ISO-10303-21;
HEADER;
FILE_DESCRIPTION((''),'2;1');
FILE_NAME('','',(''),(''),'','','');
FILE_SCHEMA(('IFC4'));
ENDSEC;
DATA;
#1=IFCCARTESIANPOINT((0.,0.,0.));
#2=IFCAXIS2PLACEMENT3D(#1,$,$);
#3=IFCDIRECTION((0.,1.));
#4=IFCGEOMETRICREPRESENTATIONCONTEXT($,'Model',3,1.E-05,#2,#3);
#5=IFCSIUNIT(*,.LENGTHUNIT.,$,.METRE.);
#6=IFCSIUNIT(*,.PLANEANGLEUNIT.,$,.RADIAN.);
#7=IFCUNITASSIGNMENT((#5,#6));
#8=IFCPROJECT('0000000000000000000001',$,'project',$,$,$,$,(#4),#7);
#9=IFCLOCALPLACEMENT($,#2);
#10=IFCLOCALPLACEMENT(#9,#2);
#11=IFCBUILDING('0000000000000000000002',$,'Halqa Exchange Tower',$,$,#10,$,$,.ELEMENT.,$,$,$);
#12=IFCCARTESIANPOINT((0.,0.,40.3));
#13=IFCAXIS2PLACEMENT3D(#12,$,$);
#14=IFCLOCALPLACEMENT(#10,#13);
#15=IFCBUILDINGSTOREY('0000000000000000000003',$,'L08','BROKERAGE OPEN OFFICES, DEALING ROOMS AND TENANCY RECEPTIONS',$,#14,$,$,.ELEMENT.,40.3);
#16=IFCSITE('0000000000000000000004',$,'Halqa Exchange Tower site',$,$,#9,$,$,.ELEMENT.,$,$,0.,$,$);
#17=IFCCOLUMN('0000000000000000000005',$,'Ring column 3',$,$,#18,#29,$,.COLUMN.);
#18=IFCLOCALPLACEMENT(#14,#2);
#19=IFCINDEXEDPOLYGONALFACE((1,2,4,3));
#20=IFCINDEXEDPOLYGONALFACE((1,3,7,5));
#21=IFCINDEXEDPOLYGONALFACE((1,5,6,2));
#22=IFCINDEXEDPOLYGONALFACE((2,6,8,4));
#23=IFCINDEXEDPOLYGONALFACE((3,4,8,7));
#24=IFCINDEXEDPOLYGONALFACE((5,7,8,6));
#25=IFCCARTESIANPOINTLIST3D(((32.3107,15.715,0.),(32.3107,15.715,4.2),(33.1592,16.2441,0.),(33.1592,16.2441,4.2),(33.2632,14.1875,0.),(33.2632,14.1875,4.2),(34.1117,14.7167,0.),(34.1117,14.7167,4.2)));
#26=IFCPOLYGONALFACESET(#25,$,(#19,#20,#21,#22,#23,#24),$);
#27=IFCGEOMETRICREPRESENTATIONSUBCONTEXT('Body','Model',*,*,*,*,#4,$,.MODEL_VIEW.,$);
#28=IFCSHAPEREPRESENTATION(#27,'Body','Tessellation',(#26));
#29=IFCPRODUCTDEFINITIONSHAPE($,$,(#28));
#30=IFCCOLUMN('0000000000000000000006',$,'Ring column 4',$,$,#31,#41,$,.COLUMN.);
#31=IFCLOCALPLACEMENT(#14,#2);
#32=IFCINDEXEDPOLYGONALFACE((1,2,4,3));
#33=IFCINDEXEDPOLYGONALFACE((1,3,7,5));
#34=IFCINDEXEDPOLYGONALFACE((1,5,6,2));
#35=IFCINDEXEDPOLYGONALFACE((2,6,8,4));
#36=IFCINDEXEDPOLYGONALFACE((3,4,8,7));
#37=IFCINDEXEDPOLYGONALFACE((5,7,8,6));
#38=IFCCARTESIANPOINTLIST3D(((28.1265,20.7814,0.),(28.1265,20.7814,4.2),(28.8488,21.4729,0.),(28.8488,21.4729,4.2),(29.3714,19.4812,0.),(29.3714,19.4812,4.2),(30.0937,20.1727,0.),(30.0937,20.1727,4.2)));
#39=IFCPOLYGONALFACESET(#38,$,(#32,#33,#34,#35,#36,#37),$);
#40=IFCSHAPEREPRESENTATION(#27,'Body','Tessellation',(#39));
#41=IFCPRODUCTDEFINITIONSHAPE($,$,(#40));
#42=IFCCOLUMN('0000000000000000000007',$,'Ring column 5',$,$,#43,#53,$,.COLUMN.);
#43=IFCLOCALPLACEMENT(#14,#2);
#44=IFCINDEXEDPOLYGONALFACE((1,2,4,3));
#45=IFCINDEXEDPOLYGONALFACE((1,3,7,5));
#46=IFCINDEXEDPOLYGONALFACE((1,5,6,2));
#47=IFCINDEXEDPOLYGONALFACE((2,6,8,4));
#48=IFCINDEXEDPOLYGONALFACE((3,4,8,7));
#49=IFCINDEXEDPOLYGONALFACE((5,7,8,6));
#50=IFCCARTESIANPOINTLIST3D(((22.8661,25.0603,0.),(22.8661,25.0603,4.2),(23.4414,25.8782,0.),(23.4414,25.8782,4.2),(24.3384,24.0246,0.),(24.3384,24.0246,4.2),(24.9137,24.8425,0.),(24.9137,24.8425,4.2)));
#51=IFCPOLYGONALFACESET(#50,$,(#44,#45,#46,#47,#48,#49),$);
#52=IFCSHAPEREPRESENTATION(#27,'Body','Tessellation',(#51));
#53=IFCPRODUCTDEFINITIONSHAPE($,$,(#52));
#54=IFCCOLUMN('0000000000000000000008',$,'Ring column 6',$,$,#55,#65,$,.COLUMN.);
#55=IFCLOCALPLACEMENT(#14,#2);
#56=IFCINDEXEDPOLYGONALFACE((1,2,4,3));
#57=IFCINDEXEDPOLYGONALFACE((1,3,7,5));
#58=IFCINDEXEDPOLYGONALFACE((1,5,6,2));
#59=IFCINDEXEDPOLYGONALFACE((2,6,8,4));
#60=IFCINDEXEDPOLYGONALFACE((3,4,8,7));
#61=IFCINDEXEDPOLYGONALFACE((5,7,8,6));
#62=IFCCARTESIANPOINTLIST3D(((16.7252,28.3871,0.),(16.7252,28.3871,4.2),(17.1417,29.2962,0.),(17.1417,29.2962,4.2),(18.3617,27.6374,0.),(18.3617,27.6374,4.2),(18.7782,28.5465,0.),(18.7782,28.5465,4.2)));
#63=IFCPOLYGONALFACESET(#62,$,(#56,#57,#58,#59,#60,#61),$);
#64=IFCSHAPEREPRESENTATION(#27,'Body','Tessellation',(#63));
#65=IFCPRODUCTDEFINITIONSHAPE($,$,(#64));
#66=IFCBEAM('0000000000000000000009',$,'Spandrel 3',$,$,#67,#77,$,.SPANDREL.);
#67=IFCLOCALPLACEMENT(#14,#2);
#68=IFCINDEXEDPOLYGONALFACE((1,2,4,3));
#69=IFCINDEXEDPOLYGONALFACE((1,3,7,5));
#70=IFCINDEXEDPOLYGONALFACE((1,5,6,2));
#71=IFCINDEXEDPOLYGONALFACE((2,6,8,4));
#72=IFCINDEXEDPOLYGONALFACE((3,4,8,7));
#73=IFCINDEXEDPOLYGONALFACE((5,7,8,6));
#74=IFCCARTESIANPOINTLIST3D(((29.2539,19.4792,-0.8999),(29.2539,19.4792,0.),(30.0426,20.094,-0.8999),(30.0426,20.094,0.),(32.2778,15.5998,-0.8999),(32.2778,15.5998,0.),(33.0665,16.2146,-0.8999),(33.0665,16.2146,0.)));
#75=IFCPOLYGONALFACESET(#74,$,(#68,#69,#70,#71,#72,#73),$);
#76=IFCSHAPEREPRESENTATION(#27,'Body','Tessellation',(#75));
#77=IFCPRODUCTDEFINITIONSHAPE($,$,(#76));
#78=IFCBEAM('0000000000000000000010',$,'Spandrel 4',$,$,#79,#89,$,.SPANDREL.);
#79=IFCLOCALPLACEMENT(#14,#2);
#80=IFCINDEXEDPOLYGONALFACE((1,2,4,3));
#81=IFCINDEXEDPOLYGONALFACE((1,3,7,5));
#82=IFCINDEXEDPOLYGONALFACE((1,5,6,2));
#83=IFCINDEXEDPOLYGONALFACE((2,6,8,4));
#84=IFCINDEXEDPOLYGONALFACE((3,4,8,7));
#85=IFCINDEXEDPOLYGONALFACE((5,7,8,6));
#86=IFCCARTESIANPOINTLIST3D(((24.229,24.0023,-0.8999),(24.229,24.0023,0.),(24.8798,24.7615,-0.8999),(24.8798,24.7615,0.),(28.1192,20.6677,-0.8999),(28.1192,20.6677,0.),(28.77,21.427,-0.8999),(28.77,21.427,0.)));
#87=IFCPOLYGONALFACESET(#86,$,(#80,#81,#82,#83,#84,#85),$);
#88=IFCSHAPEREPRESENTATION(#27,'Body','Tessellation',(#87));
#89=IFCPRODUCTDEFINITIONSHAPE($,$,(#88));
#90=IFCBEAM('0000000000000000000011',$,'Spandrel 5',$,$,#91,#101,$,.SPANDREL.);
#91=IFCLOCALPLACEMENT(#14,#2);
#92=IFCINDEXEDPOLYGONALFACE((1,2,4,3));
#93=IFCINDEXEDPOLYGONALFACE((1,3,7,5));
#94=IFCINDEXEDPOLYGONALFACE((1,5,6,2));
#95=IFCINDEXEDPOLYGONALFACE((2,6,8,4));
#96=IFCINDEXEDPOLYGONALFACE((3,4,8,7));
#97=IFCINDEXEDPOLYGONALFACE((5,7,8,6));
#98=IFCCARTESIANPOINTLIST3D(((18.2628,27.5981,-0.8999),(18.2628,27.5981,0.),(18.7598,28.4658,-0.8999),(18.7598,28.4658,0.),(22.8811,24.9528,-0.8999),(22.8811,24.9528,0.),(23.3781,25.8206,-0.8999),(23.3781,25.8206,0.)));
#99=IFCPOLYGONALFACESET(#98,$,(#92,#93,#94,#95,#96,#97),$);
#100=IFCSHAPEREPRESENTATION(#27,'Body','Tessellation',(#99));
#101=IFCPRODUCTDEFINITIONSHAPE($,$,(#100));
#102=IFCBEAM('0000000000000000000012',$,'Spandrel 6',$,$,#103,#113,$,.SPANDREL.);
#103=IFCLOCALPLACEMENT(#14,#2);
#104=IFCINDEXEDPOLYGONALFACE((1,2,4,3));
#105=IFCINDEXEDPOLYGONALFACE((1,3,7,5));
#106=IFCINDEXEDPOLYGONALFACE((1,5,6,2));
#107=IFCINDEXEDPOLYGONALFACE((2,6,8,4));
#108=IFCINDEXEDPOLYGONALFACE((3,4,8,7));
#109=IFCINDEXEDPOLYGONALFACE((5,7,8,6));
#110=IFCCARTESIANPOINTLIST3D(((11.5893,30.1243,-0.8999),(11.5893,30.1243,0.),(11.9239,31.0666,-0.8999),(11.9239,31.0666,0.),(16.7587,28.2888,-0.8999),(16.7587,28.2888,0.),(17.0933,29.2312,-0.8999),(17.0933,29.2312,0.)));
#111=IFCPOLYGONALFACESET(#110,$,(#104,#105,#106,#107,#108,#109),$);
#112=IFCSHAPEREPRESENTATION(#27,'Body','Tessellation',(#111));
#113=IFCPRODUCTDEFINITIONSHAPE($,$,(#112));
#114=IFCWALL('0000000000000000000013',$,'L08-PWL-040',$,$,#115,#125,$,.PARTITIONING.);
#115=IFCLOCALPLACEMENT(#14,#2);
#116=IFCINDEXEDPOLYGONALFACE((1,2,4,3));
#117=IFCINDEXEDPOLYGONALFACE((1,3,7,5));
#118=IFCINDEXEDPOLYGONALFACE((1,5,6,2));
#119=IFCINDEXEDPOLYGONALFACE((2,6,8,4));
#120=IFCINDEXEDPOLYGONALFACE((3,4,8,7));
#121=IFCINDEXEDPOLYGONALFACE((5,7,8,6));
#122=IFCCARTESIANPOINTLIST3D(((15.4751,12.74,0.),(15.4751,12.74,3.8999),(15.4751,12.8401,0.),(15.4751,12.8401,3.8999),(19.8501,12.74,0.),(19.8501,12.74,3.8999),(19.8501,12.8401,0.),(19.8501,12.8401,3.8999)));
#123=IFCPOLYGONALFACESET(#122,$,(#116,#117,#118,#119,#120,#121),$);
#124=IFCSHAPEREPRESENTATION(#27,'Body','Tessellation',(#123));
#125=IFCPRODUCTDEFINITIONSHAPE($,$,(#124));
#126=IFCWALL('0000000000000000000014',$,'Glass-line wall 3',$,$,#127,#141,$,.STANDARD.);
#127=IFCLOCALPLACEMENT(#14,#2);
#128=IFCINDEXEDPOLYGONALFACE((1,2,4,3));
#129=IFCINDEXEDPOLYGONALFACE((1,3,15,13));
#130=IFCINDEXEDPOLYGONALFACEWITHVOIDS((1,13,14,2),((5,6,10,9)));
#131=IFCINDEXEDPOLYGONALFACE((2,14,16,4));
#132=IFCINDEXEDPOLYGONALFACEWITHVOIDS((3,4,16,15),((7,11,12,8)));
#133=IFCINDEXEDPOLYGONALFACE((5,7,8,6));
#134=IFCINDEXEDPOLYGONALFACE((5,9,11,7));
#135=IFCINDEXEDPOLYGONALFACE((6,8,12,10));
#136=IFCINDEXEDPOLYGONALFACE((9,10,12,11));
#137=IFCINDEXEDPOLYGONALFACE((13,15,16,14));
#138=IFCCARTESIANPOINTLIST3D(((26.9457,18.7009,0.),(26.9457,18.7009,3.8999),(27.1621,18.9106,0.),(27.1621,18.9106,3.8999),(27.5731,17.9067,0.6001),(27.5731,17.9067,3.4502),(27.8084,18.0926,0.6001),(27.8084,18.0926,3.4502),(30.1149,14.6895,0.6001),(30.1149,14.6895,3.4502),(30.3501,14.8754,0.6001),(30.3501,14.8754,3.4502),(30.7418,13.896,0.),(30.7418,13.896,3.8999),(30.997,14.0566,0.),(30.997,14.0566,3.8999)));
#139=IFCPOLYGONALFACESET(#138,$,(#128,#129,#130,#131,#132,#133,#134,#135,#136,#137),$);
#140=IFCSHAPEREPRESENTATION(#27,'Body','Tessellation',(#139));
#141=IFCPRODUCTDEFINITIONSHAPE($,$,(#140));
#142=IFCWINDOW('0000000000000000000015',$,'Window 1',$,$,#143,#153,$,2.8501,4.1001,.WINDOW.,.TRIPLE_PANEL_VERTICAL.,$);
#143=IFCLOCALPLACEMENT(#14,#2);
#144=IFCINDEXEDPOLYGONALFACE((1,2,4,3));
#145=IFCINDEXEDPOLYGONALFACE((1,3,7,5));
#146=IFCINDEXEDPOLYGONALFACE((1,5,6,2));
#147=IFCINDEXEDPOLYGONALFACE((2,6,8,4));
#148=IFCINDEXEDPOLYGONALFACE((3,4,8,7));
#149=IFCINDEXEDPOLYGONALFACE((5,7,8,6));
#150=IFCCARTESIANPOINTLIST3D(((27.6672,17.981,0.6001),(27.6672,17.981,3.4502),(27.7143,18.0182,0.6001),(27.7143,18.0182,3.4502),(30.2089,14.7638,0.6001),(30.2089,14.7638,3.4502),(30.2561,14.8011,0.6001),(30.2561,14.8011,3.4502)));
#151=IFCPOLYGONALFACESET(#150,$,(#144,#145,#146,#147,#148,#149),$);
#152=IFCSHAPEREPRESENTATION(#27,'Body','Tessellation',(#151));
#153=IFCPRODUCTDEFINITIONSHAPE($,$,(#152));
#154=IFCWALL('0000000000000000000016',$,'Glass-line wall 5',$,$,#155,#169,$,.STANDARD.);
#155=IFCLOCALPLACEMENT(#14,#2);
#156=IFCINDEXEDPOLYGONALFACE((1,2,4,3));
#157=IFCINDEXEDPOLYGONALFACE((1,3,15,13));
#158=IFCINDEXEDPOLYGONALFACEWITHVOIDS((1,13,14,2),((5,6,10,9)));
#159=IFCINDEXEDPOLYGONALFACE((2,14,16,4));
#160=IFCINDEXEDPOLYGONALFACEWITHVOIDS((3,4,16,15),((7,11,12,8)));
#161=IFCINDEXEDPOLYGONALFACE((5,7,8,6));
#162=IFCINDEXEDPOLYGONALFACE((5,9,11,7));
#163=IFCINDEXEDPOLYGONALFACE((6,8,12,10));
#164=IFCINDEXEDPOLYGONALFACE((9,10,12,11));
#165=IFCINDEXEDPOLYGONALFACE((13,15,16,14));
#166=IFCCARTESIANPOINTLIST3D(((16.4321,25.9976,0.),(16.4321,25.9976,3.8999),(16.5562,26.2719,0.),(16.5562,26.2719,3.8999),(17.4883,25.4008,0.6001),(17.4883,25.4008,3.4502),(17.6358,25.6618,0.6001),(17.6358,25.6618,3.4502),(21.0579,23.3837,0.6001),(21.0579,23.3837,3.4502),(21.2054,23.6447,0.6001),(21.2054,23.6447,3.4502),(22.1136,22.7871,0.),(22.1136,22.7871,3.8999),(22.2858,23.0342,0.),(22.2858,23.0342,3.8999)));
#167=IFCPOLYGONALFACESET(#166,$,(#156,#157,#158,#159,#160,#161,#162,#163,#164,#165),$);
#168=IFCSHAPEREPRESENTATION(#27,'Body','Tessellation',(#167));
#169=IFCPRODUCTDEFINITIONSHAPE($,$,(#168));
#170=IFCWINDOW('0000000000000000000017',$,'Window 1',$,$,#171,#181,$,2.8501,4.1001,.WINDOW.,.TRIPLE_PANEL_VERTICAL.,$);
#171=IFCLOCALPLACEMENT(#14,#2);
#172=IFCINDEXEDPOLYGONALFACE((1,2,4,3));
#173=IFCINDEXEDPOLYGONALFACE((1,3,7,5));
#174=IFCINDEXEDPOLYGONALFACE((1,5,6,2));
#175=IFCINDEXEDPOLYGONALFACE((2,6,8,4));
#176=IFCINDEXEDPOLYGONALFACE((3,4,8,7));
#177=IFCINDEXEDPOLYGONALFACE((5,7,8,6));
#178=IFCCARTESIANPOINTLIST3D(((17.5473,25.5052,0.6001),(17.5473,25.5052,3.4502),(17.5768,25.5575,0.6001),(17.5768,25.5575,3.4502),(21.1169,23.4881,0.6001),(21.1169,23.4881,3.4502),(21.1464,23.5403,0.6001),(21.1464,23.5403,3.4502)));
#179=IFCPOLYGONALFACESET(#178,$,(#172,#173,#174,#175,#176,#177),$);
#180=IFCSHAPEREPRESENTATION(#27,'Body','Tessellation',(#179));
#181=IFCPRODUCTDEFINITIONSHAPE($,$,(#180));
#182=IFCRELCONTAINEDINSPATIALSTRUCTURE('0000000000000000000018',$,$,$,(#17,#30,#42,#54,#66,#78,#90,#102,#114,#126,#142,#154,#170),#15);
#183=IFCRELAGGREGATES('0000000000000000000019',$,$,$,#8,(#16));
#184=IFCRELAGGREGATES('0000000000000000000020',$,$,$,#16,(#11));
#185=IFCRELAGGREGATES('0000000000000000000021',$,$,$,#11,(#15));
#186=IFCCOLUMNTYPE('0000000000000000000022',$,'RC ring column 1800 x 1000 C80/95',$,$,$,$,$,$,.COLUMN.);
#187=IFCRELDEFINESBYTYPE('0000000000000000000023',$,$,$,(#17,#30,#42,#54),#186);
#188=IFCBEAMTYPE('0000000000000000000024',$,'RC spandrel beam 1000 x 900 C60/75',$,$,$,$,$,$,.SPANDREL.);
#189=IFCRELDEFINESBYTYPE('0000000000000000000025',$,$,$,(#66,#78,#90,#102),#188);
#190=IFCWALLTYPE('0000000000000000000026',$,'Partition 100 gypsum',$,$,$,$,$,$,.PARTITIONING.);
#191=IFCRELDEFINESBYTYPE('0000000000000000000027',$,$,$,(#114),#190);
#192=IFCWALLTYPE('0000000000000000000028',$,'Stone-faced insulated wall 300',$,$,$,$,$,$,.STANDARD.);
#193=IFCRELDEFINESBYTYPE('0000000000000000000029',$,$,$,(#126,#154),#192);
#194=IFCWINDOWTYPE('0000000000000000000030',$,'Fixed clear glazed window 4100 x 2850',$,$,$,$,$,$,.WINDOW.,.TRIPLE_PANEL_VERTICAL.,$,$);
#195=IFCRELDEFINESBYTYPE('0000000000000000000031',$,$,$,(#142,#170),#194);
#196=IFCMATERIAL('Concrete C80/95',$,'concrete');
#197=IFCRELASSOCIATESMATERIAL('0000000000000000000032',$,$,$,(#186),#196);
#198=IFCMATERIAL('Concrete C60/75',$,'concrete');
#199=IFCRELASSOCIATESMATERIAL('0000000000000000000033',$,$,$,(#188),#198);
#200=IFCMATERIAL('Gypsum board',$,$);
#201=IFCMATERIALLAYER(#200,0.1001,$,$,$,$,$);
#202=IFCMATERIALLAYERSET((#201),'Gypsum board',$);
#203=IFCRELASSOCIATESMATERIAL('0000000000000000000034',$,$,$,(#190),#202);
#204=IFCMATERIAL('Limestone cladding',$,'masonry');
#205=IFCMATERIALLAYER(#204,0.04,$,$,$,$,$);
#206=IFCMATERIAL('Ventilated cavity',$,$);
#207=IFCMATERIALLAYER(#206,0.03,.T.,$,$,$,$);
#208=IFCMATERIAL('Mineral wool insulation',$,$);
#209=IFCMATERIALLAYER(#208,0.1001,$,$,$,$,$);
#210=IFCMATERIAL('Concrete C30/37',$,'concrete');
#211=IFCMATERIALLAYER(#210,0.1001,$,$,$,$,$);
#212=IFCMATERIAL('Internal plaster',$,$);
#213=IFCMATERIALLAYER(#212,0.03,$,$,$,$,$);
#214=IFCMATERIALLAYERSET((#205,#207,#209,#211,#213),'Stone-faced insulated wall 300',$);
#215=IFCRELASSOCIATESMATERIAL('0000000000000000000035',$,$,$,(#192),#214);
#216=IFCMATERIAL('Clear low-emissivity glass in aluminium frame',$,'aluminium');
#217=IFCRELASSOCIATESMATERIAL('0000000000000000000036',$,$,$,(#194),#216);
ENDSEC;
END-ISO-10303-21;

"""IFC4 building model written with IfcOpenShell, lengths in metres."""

from ifc_helpers import new_model, si_unit, direction, frame, frame_2d, origin, origin_2d, place, context, subcontext, project, spatial, polyline, rectangle, outline, extrude, material, layer, layer_set, material_profile, profile_set, type_object, element, fill, save


model = new_model("IFC4")

# Units and contexts
model_context = context("Model", 3, precision=1e-05, world=origin(), true_north=direction((0.0, 1.0)))
body_context = subcontext(model_context, "Body", "Model", "MODEL_VIEW")
ifc_project = project(units=[si_unit("LENGTHUNIT", "METRE"), si_unit("PLANEANGLEUNIT", "RADIAN")], contexts=[model_context])

# Site, building, storey
site_placement = place(None, origin())
site = spatial("IfcSite", under=ifc_project, at=site_placement, Name="Halqa Exchange Tower site", CompositionType="ELEMENT", RefElevation=0.0)
building_placement = place(site_placement, origin())
building = spatial("IfcBuilding", under=site, at=building_placement, Name="Halqa Exchange Tower", CompositionType="ELEMENT")
storey_placement = place(building_placement, frame((0.0, 0.0, 40.3)))
storey = spatial("IfcBuildingStorey", under=building, at=storey_placement, Name="L08", Description="BROKERAGE OPEN OFFICES, DEALING ROOMS AND TENANCY RECEPTIONS", CompositionType="ELEMENT", Elevation=40.3)

# Columns
ifc_material_1 = material(Name="Concrete C80/95", Category="concrete")
ifc_material_profile_1 = material_profile(ifc_material_1, rectangle(XDim=1.8, YDim=1.0, at=origin_2d()), Name="1800 x 1000")
ifc_profile_set_1 = profile_set([ifc_material_profile_1], Name="Concrete C80/95")
column_type = type_object("IfcColumnType", Name="RC ring column 1800 x 1000 C80/95", PredefinedType="COLUMN", material=ifc_profile_set_1)
for number, where, z_axis, x_axis, name in (
    (1, (33.2112, 15.2158, 0.0), (0.0, 0.0, 1.0), (-0.529142, 0.848533, 0.0), "Ring column 3"),
    (2, (29.1101, 20.4771, 0.0), (0.0, 0.0, 1.0), (-0.691575, 0.722305, 0.0), "Ring column 4"),
    (3, (23.8899, 24.9514, 0.0), (0.0, 0.0, 1.0), (-0.817912, 0.575344, 0.0), "Ring column 5"),
    (4, (17.7517, 28.4668, 0.0), (0.0, 0.0, 1.0), (-0.909128, 0.416517, 0.0), "Ring column 6"),
):
    element("IfcColumn", number, at=place(storey_placement, frame(where, z_axis=z_axis, x_axis=x_axis)), inside=storey, type_object=column_type, Name=name, PredefinedType="COLUMN", context=body_context, shape_type="SweptSolid", body=[
        extrude(rectangle(XDim=1.8, YDim=1.0, at=origin_2d()), origin(), (0.0, 0.0, 1.0), 4.2),
    ])

# Beams
ifc_material_2 = material(Name="Concrete C60/75", Category="concrete")
ifc_material_profile_2 = material_profile(ifc_material_2, rectangle(XDim=1.0, YDim=0.8999, at=origin_2d()), Name="1000 x 900")
ifc_profile_set_2 = profile_set([ifc_material_profile_2], Name="Concrete C60/75")
beam_type = type_object("IfcBeamType", Name="RC spandrel beam 1000 x 900 C60/75", PredefinedType="SPANDREL", material=ifc_profile_set_2)
beam_1_placement = place(storey_placement, frame((32.6721, 15.9072, -0.45), z_axis=(-0.614779, 0.7887, 0.0), x_axis=(-0.7887, -0.614779, 0.0)))
element("IfcBeam", 5, at=beam_1_placement, inside=storey, type_object=beam_type, Name="Spandrel 3", PredefinedType="SPANDREL", context=body_context, shape_type="SweptSolid", body=[
    extrude(rectangle(XDim=1.0, YDim=0.8999, at=origin_2d()), origin(), (0.0, 0.0, 1.0), 4.9187),
])
beam_2_placement = place(storey_placement, frame((28.4446, 21.0474, -0.45), z_axis=(-0.75925, 0.650799, 0.0), x_axis=(-0.650799, -0.75925, 0.0)))
element("IfcBeam", 6, at=beam_2_placement, inside=storey, type_object=beam_type, Name="Spandrel 4", PredefinedType="SPANDREL", context=body_context, shape_type="SweptSolid", body=[
    extrude(rectangle(XDim=1.0, YDim=0.8999, at=origin_2d()), origin(), (0.0, 0.0, 1.0), 5.1238),
])
beam_3_placement = place(storey_placement, frame((23.1296, 25.3867, -0.45), z_axis=(-0.867743, 0.497013, 0.0), x_axis=(-0.497013, -0.867743, 0.0)))
element("IfcBeam", 7, at=beam_3_placement, inside=storey, type_object=beam_type, Name="Spandrel 5", PredefinedType="SPANDREL", context=body_context, shape_type="SweptSolid", body=[
    extrude(rectangle(XDim=1.0, YDim=0.8999, at=origin_2d()), origin(), (0.0, 0.0, 1.0), 5.3223),
])
beam_4_placement = place(storey_placement, frame((16.926, 28.76, -0.45), z_axis=(-0.942363, 0.334593, 0.0), x_axis=(-0.334593, -0.942363, 0.0)))
element("IfcBeam", 8, at=beam_4_placement, inside=storey, type_object=beam_type, Name="Spandrel 6", PredefinedType="SPANDREL", context=body_context, shape_type="SweptSolid", body=[
    extrude(rectangle(XDim=1.0, YDim=0.8999, at=origin_2d()), origin(), (0.0, 0.0, 1.0), 5.4856),
])

# Wall
ifc_material_3 = material(Name="Gypsum board")
ifc_layer_1 = layer(ifc_material_3, 0.1001)
ifc_layer_set_1 = layer_set([ifc_layer_1], Name="Gypsum board")
wall_type_1 = type_object("IfcWallType", Name="Partition 100 gypsum", PredefinedType="PARTITIONING", material=ifc_layer_set_1)
wall_1_placement = place(storey_placement, frame((19.8501, 12.79, 0.0), z_axis=(0.0, 0.0, 1.0), x_axis=(-1.0, 0.0, 0.0)))
element("IfcWall", 9, at=wall_1_placement, inside=storey, type_object=wall_type_1, Name="L08-PWL-040", PredefinedType="PARTITIONING", context=body_context, shape_type="SweptSolid", body=[
    extrude(rectangle(XDim=4.375, YDim=0.1001, at=frame_2d((2.1875, 0.0))), origin(), (0.0, 0.0, 1.0), 3.8999),
])

# Wall, opening, window
ifc_material_4 = material(Name="Limestone cladding", Category="masonry")
ifc_layer_2 = layer(ifc_material_4, 0.04)
ifc_material_5 = material(Name="Ventilated cavity")
ifc_layer_3 = layer(ifc_material_5, 0.03, ventilated=True)
ifc_material_6 = material(Name="Mineral wool insulation")
ifc_layer_4 = layer(ifc_material_6, 0.1001)
ifc_material_7 = material(Name="Concrete C30/37", Category="concrete")
ifc_layer_5 = layer(ifc_material_7, 0.1001)
ifc_material_8 = material(Name="Internal plaster")
ifc_layer_6 = layer(ifc_material_8, 0.03)
ifc_layer_set_2 = layer_set([ifc_layer_2, ifc_layer_3, ifc_layer_4, ifc_layer_5, ifc_layer_6], Name="Stone-faced insulated wall 300")
wall_type_2 = type_object("IfcWallType", Name="Stone-faced insulated wall 300", PredefinedType="STANDARD", material=ifc_layer_set_2)
wall_2_placement = place(storey_placement, frame((30.8694, 13.9763, 0.0), z_axis=(0.0, 0.0, 1.0), x_axis=(-0.619923, 0.784662, 0.0)))
wall_2 = element("IfcWall", 10, at=wall_2_placement, inside=storey, type_object=wall_type_2, Name="Glass-line wall 3", PredefinedType="STANDARD", context=body_context, shape_type="SweptSolid", body=[
    extrude(outline(polyline([(-0.0161, -0.1499), (6.1699, -0.1499), (6.1396, 0.1499), (0.0161, 0.1499), (-0.0161, -0.1499)])), origin(), (0.0, 0.0, 1.0), 3.8999),
])
opening_1_placement = place(wall_2_placement, frame((1.0273, 0.0, 0.6001)))
opening_1 = element("IfcOpeningElement", 11, at=opening_1_placement, cuts=wall_2, PredefinedType="OPENING", context=body_context, shape_type="SweptSolid", body=[
    extrude(rectangle(XDim=4.1001, YDim=2.8501, at=frame_2d((2.05, 1.425))), frame((0.0, 0.1621, 0.0), z_axis=(0.0, -1.0, 0.0), x_axis=(1.0, 0.0, 0.0)), (0.0, 0.0, 1.0), 0.324),
])
ifc_material_9 = material(Name="Clear low-emissivity glass in aluminium frame", Category="aluminium")
window_type = type_object("IfcWindowType", Name="Fixed clear glazed window 4100 x 2850", PartitioningType="TRIPLE_PANEL_VERTICAL", PredefinedType="WINDOW", material=ifc_material_9)
window_1_placement = place(opening_1_placement, origin())
window_1 = element("IfcWindow", 12, at=window_1_placement, inside=storey, type_object=window_type, Name="Window 1", OverallHeight=2.8501, OverallWidth=4.1001, PartitioningType="TRIPLE_PANEL_VERTICAL", PredefinedType="WINDOW", context=body_context, shape_type="SweptSolid", body=[
    extrude(rectangle(XDim=4.1001, YDim=2.8501, at=frame_2d((2.05, 1.425))), frame((0.0, 0.03, 0.0), z_axis=(0.0, -1.0, 0.0), x_axis=(1.0, 0.0, 0.0)), (0.0, 0.0, 1.0), 0.0601),
])
fill(opening_1, window_1)

# Wall, opening, window
wall_3_placement = place(storey_placement, frame((22.1997, 22.9106, 0.0), z_axis=(0.0, 0.0, 1.0), x_axis=(-0.870613, 0.491969, 0.0)))
wall_3 = element("IfcWall", 13, at=wall_3_placement, inside=storey, type_object=wall_type_2, Name="Glass-line wall 5", PredefinedType="STANDARD", context=body_context, shape_type="SweptSolid", body=[
    extrude(outline(polyline([(-0.0142, -0.1499), (6.5669, -0.1499), (6.54, 0.1499), (0.0142, 0.1499), (-0.0142, -0.1499)])), origin(), (0.0, 0.0, 1.0), 3.8999),
])
opening_2_placement = place(wall_3_placement, frame((1.2268, 0.0, 0.6001)))
opening_2 = element("IfcOpeningElement", 14, at=opening_2_placement, cuts=wall_3, PredefinedType="OPENING", context=body_context, shape_type="SweptSolid", body=[
    extrude(rectangle(XDim=4.1001, YDim=2.8501, at=frame_2d((2.05, 1.425))), frame((0.0, 0.1621, 0.0), z_axis=(0.0, -1.0, 0.0), x_axis=(1.0, 0.0, 0.0)), (0.0, 0.0, 1.0), 0.324),
])
window_2_placement = place(opening_2_placement, origin())
window_2 = element("IfcWindow", 15, at=window_2_placement, inside=storey, type_object=window_type, Name="Window 1", OverallHeight=2.8501, OverallWidth=4.1001, PartitioningType="TRIPLE_PANEL_VERTICAL", PredefinedType="WINDOW", context=body_context, shape_type="SweptSolid", body=[
    extrude(rectangle(XDim=4.1001, YDim=2.8501, at=frame_2d((2.05, 1.425))), frame((0.0, 0.03, 0.0), z_axis=(0.0, -1.0, 0.0), x_axis=(1.0, 0.0, 0.0)), (0.0, 0.0, 1.0), 0.0601),
])
fill(opening_2, window_2)

save(model, "model.ifc")
